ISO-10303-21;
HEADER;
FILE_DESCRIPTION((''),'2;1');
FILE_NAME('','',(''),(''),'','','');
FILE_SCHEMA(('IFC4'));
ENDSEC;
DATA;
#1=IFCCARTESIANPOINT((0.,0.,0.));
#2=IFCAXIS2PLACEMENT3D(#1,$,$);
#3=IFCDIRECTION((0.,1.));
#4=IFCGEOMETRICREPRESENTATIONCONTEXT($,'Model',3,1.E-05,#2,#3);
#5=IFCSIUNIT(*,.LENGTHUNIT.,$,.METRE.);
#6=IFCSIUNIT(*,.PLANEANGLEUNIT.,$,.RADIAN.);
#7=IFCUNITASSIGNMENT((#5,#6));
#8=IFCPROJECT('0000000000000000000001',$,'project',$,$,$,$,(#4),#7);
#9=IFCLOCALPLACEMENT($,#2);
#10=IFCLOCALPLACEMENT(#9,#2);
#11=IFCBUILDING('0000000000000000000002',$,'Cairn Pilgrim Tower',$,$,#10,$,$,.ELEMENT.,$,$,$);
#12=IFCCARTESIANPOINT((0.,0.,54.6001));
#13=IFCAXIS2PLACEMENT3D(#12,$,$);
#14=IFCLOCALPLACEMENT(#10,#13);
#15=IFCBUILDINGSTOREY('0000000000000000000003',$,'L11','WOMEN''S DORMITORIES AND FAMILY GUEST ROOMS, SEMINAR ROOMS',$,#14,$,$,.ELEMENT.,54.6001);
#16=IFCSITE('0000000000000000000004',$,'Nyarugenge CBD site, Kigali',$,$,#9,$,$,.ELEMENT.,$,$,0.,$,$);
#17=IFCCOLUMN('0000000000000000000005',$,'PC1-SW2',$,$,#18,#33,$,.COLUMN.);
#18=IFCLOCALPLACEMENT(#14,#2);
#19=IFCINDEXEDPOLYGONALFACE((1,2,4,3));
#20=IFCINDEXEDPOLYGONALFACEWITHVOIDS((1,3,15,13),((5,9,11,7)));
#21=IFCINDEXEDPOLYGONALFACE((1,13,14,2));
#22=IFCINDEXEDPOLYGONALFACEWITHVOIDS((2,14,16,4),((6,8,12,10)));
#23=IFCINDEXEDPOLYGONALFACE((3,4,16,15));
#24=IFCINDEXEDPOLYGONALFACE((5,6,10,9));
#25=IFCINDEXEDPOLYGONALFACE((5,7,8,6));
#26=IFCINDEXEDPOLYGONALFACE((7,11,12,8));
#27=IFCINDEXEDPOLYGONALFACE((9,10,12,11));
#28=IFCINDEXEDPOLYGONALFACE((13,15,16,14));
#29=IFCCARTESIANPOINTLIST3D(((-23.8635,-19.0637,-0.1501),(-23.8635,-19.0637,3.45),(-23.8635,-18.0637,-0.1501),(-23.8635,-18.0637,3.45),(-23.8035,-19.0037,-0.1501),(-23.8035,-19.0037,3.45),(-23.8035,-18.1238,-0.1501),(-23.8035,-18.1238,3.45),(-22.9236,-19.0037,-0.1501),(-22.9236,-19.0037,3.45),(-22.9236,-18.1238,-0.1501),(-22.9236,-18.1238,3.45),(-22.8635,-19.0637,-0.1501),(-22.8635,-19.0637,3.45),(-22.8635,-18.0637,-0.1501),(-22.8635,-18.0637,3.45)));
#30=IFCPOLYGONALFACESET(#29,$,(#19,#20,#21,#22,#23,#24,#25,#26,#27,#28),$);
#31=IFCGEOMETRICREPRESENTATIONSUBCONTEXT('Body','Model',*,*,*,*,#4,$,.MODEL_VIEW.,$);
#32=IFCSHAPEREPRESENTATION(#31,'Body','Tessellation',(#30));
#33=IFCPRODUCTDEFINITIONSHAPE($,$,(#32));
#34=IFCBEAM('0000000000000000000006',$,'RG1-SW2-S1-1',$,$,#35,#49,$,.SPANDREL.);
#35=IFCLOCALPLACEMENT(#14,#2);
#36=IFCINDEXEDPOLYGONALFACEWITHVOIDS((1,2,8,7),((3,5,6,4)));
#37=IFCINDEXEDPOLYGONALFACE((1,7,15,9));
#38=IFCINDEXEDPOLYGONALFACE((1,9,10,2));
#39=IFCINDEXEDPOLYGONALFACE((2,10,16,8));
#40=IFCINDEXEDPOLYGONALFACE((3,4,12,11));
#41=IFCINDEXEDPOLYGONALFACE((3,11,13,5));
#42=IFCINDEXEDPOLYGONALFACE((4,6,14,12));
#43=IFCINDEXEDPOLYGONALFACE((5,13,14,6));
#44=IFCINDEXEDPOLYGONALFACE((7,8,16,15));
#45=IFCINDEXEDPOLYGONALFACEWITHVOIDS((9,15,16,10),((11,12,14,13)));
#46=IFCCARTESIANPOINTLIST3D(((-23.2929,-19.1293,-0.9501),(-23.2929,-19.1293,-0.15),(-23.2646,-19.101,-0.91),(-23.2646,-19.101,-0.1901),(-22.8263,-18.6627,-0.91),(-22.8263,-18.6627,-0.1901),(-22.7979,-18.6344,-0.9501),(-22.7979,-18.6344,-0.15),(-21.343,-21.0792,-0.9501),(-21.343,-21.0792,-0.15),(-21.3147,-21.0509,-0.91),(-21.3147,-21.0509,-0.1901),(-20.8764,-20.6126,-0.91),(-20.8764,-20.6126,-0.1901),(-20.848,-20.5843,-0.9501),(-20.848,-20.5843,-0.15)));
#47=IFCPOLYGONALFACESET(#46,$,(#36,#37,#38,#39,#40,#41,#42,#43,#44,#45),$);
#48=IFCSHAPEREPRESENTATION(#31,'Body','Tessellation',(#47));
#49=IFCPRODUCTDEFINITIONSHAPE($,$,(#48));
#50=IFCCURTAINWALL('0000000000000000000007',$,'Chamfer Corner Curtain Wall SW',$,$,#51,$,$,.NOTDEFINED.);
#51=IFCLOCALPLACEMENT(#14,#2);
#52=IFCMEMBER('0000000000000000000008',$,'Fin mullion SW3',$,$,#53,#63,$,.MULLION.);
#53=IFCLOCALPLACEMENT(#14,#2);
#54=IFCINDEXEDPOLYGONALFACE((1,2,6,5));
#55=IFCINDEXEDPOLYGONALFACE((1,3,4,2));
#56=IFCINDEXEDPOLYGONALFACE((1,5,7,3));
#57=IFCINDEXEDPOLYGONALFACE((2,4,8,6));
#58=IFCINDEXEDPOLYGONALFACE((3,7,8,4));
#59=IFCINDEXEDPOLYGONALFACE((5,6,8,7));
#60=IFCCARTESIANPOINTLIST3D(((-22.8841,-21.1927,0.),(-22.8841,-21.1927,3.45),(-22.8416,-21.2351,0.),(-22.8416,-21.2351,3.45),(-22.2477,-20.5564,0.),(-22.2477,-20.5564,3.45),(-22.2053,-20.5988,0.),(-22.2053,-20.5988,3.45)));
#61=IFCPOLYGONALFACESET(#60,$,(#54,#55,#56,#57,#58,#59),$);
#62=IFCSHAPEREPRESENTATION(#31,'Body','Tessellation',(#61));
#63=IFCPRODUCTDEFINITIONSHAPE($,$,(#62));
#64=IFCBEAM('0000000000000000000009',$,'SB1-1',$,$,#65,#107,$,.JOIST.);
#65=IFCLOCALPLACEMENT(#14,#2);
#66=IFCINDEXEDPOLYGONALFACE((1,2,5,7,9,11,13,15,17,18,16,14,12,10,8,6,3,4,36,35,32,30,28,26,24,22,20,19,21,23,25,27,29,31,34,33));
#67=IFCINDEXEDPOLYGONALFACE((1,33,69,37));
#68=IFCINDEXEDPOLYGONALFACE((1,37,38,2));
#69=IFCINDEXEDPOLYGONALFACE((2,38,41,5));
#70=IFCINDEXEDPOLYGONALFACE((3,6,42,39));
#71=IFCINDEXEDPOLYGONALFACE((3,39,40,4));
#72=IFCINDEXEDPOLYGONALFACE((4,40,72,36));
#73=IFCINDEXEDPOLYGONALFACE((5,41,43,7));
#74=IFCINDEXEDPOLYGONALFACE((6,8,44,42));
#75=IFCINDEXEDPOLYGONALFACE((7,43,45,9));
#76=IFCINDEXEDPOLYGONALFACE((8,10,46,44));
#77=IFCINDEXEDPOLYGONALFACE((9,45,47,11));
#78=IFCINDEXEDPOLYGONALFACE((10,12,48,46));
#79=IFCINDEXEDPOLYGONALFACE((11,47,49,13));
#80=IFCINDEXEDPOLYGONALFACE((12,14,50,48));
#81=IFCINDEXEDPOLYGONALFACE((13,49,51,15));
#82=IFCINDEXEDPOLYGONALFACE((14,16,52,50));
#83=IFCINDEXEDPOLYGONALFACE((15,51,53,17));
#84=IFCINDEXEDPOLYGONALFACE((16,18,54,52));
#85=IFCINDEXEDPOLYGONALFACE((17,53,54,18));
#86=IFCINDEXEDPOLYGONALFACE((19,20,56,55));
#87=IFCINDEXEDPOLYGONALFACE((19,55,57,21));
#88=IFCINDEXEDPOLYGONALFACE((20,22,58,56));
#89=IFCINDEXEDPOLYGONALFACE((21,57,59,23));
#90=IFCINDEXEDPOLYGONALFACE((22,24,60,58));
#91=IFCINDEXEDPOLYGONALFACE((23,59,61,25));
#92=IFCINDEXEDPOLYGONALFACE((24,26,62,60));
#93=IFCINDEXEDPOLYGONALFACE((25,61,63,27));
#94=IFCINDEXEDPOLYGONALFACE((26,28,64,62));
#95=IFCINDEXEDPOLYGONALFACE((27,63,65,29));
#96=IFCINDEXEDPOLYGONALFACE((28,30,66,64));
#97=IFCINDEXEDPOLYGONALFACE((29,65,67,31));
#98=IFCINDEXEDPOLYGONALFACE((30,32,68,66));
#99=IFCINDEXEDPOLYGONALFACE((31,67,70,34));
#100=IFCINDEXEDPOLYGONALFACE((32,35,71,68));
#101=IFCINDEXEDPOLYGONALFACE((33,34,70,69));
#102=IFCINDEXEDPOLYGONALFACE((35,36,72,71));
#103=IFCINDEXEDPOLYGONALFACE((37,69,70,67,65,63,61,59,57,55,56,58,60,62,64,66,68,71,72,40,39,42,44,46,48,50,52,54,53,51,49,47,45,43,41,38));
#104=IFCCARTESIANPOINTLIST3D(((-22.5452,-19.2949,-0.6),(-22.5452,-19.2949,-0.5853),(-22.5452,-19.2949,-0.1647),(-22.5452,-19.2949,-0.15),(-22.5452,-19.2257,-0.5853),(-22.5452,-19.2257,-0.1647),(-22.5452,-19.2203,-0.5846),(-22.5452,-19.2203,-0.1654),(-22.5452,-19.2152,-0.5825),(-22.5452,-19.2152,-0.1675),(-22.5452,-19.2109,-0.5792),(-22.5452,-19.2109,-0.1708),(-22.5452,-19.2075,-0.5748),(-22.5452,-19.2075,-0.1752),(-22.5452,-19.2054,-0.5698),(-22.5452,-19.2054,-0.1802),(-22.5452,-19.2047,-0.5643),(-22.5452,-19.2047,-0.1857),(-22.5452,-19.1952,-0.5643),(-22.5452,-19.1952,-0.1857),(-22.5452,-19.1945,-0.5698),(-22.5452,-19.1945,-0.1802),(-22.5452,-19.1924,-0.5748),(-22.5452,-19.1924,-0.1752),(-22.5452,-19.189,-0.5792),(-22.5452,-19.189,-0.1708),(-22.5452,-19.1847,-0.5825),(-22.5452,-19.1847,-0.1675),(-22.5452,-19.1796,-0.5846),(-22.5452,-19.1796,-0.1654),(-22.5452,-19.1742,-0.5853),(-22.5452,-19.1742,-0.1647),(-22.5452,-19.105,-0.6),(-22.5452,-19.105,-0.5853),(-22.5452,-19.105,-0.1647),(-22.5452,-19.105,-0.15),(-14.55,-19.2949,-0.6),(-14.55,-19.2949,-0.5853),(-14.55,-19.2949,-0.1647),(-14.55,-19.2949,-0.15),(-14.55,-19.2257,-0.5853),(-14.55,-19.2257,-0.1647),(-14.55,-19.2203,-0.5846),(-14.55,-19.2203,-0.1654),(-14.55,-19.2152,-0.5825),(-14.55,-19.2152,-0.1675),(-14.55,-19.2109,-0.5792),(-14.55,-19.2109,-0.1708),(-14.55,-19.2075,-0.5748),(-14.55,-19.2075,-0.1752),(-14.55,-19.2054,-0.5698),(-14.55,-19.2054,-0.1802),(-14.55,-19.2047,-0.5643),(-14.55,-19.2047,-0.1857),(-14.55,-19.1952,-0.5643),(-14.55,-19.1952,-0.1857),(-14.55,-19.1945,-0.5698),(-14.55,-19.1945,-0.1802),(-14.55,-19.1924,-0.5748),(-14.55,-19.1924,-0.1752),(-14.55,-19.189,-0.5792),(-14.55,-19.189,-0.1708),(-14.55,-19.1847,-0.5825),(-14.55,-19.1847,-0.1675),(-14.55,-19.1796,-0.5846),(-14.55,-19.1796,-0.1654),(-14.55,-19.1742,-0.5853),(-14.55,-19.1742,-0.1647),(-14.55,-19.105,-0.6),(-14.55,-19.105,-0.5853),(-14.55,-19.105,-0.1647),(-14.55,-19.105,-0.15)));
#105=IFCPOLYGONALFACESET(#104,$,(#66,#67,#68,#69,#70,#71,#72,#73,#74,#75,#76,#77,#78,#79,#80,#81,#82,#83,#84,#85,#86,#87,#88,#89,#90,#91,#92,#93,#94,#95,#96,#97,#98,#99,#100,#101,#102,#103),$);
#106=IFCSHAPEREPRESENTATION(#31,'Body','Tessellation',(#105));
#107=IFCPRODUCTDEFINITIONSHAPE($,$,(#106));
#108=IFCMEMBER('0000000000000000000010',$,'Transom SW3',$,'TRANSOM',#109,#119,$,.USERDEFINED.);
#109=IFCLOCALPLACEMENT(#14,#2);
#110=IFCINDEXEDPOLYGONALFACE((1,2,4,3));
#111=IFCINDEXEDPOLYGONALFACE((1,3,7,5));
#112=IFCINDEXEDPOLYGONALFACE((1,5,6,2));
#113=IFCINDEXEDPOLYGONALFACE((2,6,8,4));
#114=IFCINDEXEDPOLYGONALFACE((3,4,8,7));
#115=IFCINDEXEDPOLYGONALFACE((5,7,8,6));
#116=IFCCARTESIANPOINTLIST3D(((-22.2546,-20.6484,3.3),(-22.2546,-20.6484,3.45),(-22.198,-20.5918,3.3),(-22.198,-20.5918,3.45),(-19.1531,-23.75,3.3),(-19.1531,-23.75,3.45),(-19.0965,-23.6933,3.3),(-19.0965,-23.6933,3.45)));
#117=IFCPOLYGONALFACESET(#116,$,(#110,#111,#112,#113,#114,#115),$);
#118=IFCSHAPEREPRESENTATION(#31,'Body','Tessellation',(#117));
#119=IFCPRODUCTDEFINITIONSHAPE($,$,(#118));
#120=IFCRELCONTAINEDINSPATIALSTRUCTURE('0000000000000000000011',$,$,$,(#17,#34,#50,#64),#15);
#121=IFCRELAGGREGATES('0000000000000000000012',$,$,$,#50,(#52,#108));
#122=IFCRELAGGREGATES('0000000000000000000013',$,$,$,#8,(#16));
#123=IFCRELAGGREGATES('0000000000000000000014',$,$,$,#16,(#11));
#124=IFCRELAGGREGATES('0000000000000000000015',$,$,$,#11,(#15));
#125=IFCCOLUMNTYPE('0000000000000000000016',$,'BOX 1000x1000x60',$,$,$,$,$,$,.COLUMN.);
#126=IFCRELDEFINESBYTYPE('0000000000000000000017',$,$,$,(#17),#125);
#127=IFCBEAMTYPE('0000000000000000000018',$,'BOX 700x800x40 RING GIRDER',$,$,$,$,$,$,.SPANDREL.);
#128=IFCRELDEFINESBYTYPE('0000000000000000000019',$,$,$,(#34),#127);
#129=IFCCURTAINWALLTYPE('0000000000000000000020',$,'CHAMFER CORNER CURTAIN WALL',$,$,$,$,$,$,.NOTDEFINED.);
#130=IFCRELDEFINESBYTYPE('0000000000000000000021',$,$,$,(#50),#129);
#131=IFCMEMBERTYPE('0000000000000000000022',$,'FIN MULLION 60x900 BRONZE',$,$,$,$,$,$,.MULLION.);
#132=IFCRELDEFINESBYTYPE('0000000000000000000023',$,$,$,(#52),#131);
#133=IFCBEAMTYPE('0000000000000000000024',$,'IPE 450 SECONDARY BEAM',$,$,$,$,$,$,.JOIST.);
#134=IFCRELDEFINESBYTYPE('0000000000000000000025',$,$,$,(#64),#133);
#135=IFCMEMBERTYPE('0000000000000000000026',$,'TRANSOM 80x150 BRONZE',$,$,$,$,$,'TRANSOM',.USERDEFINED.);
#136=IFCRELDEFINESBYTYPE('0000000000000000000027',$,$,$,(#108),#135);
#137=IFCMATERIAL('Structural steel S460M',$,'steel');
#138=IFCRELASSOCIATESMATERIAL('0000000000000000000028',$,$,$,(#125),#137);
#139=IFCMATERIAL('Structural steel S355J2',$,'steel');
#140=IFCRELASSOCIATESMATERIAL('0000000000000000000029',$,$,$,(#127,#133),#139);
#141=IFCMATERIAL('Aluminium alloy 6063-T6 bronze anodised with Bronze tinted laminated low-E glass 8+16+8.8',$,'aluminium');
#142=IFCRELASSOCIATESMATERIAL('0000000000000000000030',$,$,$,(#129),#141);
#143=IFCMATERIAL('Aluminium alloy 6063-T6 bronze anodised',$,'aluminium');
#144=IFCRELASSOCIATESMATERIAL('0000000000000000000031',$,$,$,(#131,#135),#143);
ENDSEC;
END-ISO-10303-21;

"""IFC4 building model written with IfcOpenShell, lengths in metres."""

from ifc_helpers import new_model, si_unit, direction, frame, origin, origin_2d, place, context, subcontext, project, spatial, rectangle, hollow_rectangle, i_section, extrude, material, material_profile, profile_set, type_object, element, aggregate, save


model = new_model("IFC4")

# Units and contexts
model_context = context("Model", 3, precision=1e-05, world=origin(), true_north=direction((0.0, 1.0)))
body_context = subcontext(model_context, "Body", "Model", "MODEL_VIEW")
ifc_project = project(units=[si_unit("LENGTHUNIT", "METRE"), si_unit("PLANEANGLEUNIT", "RADIAN")], contexts=[model_context])

# Site, building, storey
site_placement = place(None, origin())
site = spatial("IfcSite", under=ifc_project, at=site_placement, Name="Nyarugenge CBD site, Kigali", CompositionType="ELEMENT", RefElevation=0.0)
building_placement = place(site_placement, origin())
building = spatial("IfcBuilding", under=site, at=building_placement, Name="Cairn Pilgrim Tower", CompositionType="ELEMENT")
storey_placement = place(building_placement, frame((0.0, 0.0, 54.6001)))
storey = spatial("IfcBuildingStorey", under=building, at=storey_placement, Name="L11", Description="WOMEN'S DORMITORIES AND FAMILY GUEST ROOMS, SEMINAR ROOMS", CompositionType="ELEMENT", Elevation=54.6001)

# Column
ifc_material_1 = material(Name="Structural steel S460M", Category="steel")
ifc_material_profile_1 = material_profile(ifc_material_1, hollow_rectangle(XDim=1.0, YDim=1.0, WallThickness=0.0601, at=origin_2d()), Name="BOX 1000x1000x60")
ifc_profile_set_1 = profile_set([ifc_material_profile_1], Name="Structural steel S460M")
column_type = type_object("IfcColumnType", Name="BOX 1000x1000x60", PredefinedType="COLUMN", material=ifc_profile_set_1)
column_placement = place(storey_placement, frame((-23.3635, -18.5637, -0.1501), z_axis=(0.0, 0.0, 1.0), x_axis=(1.0, 0.0, 0.0)))
element("IfcColumn", 1, at=column_placement, inside=storey, type_object=column_type, Name="PC1-SW2", PredefinedType="COLUMN", context=body_context, shape_type="SweptSolid", body=[
    extrude(hollow_rectangle(XDim=1.0, YDim=1.0, WallThickness=0.0601, at=origin_2d()), origin(), (0.0, 0.0, 1.0), 3.6001),
])

# Beam
ifc_material_2 = material(Name="Structural steel S355J2", Category="steel")
ifc_material_profile_2 = material_profile(ifc_material_2, hollow_rectangle(XDim=0.7, YDim=0.8, WallThickness=0.04, at=origin_2d()), Name="BOX 700x800x40")
ifc_profile_set_2 = profile_set([ifc_material_profile_2], Name="Structural steel S355J2")
beam_type_1 = type_object("IfcBeamType", Name="BOX 700x800x40 RING GIRDER", PredefinedType="SPANDREL", material=ifc_profile_set_2)
beam_1_placement = place(storey_placement, frame((-23.0454, -18.8818, -0.55), z_axis=(0.707107, -0.707107, 0.0), x_axis=(0.707107, 0.707107, 0.0)))
element("IfcBeam", 2, at=beam_1_placement, inside=storey, type_object=beam_type_1, Name="RG1-SW2-S1-1", PredefinedType="SPANDREL", context=body_context, shape_type="SweptSolid", body=[
    extrude(hollow_rectangle(XDim=0.7, YDim=0.8, WallThickness=0.04, at=origin_2d()), origin(), (0.0, 0.0, 1.0), 2.7576),
])

# Curtain wall, member
ifc_material_3 = material(Name="Aluminium alloy 6063-T6 bronze anodised with Bronze tinted laminated low-E glass 8+16+8.8", Category="aluminium")
curtain_wall_type = type_object("IfcCurtainWallType", Name="CHAMFER CORNER CURTAIN WALL", PredefinedType="NOTDEFINED", material=ifc_material_3)
curtain_wall_placement = place(storey_placement, origin())
curtain_wall = element("IfcCurtainWall", 3, at=curtain_wall_placement, inside=storey, type_object=curtain_wall_type, Name="Chamfer Corner Curtain Wall SW", PredefinedType="NOTDEFINED")
ifc_material_4 = material(Name="Aluminium alloy 6063-T6 bronze anodised", Category="aluminium")
ifc_material_profile_3 = material_profile(ifc_material_4, rectangle(XDim=0.8999, YDim=0.0601, at=origin_2d()), Name="FIN MULLION 60x900 BRONZE")
ifc_profile_set_3 = profile_set([ifc_material_profile_3], Name="Aluminium alloy 6063-T6 bronze anodised")
member_type_1 = type_object("IfcMemberType", Name="FIN MULLION 60x900 BRONZE", PredefinedType="MULLION", material=ifc_profile_set_3)
member_1_placement = place(storey_placement, frame((-22.5447, -20.8958, 0.0), z_axis=(0.0, 0.0, 1.0), x_axis=(-0.707107, -0.707107, 0.0)))
member_1 = element("IfcMember", 4, at=member_1_placement, type_object=member_type_1, Name="Fin mullion SW3", PredefinedType="MULLION", context=body_context, shape_type="SweptSolid", body=[
    extrude(rectangle(XDim=0.8999, YDim=0.0601, at=origin_2d()), origin(), (0.0, 0.0, 1.0), 3.45),
])

# Beam
ifc_material_profile_4 = material_profile(ifc_material_2, i_section(OverallWidth=0.1899, OverallDepth=0.45, WebThickness=0.0095, FlangeThickness=0.0146, FilletRadius=0.021, at=origin_2d()), Name="IPE 450")
ifc_profile_set_4 = profile_set([ifc_material_profile_4], Name="Structural steel S355J2")
beam_type_2 = type_object("IfcBeamType", Name="IPE 450 SECONDARY BEAM", PredefinedType="JOIST", material=ifc_profile_set_4)
beam_2_placement = place(storey_placement, frame((-22.5452, -19.2, -0.375), z_axis=(1.0, 0.0, 0.0), x_axis=(0.0, 1.0, 0.0)))
element("IfcBeam", 5, at=beam_2_placement, inside=storey, type_object=beam_type_2, Name="SB1-1", PredefinedType="JOIST", context=body_context, shape_type="SweptSolid", body=[
    extrude(i_section(OverallWidth=0.1899, OverallDepth=0.45, WebThickness=0.0095, FlangeThickness=0.0146, FilletRadius=0.021, at=origin_2d()), origin(), (0.0, 0.0, 1.0), 7.9951),
])

# Member
ifc_material_profile_5 = material_profile(ifc_material_4, rectangle(XDim=0.0801, YDim=0.1499, at=origin_2d()), Name="TRANSOM 80x150 BRONZE")
ifc_profile_set_5 = profile_set([ifc_material_profile_5], Name="Aluminium alloy 6063-T6 bronze anodised")
member_type_2 = type_object("IfcMemberType", Name="TRANSOM 80x150 BRONZE", ElementType="TRANSOM", PredefinedType="USERDEFINED", material=ifc_profile_set_5)
member_2_placement = place(storey_placement, frame((-22.2263, -20.6201, 3.375), z_axis=(0.707107, -0.707107, 0.0), x_axis=(0.707107, 0.707107, 0.0)))
member_2 = element("IfcMember", 6, at=member_2_placement, type_object=member_type_2, Name="Transom SW3", ObjectType="TRANSOM", PredefinedType="USERDEFINED", context=body_context, shape_type="SweptSolid", body=[
    extrude(rectangle(XDim=0.0801, YDim=0.1499, at=origin_2d()), origin(), (0.0, 0.0, 1.0), 4.3862),
])
aggregate(curtain_wall, [member_1, member_2])

save(model, "model.ifc")
